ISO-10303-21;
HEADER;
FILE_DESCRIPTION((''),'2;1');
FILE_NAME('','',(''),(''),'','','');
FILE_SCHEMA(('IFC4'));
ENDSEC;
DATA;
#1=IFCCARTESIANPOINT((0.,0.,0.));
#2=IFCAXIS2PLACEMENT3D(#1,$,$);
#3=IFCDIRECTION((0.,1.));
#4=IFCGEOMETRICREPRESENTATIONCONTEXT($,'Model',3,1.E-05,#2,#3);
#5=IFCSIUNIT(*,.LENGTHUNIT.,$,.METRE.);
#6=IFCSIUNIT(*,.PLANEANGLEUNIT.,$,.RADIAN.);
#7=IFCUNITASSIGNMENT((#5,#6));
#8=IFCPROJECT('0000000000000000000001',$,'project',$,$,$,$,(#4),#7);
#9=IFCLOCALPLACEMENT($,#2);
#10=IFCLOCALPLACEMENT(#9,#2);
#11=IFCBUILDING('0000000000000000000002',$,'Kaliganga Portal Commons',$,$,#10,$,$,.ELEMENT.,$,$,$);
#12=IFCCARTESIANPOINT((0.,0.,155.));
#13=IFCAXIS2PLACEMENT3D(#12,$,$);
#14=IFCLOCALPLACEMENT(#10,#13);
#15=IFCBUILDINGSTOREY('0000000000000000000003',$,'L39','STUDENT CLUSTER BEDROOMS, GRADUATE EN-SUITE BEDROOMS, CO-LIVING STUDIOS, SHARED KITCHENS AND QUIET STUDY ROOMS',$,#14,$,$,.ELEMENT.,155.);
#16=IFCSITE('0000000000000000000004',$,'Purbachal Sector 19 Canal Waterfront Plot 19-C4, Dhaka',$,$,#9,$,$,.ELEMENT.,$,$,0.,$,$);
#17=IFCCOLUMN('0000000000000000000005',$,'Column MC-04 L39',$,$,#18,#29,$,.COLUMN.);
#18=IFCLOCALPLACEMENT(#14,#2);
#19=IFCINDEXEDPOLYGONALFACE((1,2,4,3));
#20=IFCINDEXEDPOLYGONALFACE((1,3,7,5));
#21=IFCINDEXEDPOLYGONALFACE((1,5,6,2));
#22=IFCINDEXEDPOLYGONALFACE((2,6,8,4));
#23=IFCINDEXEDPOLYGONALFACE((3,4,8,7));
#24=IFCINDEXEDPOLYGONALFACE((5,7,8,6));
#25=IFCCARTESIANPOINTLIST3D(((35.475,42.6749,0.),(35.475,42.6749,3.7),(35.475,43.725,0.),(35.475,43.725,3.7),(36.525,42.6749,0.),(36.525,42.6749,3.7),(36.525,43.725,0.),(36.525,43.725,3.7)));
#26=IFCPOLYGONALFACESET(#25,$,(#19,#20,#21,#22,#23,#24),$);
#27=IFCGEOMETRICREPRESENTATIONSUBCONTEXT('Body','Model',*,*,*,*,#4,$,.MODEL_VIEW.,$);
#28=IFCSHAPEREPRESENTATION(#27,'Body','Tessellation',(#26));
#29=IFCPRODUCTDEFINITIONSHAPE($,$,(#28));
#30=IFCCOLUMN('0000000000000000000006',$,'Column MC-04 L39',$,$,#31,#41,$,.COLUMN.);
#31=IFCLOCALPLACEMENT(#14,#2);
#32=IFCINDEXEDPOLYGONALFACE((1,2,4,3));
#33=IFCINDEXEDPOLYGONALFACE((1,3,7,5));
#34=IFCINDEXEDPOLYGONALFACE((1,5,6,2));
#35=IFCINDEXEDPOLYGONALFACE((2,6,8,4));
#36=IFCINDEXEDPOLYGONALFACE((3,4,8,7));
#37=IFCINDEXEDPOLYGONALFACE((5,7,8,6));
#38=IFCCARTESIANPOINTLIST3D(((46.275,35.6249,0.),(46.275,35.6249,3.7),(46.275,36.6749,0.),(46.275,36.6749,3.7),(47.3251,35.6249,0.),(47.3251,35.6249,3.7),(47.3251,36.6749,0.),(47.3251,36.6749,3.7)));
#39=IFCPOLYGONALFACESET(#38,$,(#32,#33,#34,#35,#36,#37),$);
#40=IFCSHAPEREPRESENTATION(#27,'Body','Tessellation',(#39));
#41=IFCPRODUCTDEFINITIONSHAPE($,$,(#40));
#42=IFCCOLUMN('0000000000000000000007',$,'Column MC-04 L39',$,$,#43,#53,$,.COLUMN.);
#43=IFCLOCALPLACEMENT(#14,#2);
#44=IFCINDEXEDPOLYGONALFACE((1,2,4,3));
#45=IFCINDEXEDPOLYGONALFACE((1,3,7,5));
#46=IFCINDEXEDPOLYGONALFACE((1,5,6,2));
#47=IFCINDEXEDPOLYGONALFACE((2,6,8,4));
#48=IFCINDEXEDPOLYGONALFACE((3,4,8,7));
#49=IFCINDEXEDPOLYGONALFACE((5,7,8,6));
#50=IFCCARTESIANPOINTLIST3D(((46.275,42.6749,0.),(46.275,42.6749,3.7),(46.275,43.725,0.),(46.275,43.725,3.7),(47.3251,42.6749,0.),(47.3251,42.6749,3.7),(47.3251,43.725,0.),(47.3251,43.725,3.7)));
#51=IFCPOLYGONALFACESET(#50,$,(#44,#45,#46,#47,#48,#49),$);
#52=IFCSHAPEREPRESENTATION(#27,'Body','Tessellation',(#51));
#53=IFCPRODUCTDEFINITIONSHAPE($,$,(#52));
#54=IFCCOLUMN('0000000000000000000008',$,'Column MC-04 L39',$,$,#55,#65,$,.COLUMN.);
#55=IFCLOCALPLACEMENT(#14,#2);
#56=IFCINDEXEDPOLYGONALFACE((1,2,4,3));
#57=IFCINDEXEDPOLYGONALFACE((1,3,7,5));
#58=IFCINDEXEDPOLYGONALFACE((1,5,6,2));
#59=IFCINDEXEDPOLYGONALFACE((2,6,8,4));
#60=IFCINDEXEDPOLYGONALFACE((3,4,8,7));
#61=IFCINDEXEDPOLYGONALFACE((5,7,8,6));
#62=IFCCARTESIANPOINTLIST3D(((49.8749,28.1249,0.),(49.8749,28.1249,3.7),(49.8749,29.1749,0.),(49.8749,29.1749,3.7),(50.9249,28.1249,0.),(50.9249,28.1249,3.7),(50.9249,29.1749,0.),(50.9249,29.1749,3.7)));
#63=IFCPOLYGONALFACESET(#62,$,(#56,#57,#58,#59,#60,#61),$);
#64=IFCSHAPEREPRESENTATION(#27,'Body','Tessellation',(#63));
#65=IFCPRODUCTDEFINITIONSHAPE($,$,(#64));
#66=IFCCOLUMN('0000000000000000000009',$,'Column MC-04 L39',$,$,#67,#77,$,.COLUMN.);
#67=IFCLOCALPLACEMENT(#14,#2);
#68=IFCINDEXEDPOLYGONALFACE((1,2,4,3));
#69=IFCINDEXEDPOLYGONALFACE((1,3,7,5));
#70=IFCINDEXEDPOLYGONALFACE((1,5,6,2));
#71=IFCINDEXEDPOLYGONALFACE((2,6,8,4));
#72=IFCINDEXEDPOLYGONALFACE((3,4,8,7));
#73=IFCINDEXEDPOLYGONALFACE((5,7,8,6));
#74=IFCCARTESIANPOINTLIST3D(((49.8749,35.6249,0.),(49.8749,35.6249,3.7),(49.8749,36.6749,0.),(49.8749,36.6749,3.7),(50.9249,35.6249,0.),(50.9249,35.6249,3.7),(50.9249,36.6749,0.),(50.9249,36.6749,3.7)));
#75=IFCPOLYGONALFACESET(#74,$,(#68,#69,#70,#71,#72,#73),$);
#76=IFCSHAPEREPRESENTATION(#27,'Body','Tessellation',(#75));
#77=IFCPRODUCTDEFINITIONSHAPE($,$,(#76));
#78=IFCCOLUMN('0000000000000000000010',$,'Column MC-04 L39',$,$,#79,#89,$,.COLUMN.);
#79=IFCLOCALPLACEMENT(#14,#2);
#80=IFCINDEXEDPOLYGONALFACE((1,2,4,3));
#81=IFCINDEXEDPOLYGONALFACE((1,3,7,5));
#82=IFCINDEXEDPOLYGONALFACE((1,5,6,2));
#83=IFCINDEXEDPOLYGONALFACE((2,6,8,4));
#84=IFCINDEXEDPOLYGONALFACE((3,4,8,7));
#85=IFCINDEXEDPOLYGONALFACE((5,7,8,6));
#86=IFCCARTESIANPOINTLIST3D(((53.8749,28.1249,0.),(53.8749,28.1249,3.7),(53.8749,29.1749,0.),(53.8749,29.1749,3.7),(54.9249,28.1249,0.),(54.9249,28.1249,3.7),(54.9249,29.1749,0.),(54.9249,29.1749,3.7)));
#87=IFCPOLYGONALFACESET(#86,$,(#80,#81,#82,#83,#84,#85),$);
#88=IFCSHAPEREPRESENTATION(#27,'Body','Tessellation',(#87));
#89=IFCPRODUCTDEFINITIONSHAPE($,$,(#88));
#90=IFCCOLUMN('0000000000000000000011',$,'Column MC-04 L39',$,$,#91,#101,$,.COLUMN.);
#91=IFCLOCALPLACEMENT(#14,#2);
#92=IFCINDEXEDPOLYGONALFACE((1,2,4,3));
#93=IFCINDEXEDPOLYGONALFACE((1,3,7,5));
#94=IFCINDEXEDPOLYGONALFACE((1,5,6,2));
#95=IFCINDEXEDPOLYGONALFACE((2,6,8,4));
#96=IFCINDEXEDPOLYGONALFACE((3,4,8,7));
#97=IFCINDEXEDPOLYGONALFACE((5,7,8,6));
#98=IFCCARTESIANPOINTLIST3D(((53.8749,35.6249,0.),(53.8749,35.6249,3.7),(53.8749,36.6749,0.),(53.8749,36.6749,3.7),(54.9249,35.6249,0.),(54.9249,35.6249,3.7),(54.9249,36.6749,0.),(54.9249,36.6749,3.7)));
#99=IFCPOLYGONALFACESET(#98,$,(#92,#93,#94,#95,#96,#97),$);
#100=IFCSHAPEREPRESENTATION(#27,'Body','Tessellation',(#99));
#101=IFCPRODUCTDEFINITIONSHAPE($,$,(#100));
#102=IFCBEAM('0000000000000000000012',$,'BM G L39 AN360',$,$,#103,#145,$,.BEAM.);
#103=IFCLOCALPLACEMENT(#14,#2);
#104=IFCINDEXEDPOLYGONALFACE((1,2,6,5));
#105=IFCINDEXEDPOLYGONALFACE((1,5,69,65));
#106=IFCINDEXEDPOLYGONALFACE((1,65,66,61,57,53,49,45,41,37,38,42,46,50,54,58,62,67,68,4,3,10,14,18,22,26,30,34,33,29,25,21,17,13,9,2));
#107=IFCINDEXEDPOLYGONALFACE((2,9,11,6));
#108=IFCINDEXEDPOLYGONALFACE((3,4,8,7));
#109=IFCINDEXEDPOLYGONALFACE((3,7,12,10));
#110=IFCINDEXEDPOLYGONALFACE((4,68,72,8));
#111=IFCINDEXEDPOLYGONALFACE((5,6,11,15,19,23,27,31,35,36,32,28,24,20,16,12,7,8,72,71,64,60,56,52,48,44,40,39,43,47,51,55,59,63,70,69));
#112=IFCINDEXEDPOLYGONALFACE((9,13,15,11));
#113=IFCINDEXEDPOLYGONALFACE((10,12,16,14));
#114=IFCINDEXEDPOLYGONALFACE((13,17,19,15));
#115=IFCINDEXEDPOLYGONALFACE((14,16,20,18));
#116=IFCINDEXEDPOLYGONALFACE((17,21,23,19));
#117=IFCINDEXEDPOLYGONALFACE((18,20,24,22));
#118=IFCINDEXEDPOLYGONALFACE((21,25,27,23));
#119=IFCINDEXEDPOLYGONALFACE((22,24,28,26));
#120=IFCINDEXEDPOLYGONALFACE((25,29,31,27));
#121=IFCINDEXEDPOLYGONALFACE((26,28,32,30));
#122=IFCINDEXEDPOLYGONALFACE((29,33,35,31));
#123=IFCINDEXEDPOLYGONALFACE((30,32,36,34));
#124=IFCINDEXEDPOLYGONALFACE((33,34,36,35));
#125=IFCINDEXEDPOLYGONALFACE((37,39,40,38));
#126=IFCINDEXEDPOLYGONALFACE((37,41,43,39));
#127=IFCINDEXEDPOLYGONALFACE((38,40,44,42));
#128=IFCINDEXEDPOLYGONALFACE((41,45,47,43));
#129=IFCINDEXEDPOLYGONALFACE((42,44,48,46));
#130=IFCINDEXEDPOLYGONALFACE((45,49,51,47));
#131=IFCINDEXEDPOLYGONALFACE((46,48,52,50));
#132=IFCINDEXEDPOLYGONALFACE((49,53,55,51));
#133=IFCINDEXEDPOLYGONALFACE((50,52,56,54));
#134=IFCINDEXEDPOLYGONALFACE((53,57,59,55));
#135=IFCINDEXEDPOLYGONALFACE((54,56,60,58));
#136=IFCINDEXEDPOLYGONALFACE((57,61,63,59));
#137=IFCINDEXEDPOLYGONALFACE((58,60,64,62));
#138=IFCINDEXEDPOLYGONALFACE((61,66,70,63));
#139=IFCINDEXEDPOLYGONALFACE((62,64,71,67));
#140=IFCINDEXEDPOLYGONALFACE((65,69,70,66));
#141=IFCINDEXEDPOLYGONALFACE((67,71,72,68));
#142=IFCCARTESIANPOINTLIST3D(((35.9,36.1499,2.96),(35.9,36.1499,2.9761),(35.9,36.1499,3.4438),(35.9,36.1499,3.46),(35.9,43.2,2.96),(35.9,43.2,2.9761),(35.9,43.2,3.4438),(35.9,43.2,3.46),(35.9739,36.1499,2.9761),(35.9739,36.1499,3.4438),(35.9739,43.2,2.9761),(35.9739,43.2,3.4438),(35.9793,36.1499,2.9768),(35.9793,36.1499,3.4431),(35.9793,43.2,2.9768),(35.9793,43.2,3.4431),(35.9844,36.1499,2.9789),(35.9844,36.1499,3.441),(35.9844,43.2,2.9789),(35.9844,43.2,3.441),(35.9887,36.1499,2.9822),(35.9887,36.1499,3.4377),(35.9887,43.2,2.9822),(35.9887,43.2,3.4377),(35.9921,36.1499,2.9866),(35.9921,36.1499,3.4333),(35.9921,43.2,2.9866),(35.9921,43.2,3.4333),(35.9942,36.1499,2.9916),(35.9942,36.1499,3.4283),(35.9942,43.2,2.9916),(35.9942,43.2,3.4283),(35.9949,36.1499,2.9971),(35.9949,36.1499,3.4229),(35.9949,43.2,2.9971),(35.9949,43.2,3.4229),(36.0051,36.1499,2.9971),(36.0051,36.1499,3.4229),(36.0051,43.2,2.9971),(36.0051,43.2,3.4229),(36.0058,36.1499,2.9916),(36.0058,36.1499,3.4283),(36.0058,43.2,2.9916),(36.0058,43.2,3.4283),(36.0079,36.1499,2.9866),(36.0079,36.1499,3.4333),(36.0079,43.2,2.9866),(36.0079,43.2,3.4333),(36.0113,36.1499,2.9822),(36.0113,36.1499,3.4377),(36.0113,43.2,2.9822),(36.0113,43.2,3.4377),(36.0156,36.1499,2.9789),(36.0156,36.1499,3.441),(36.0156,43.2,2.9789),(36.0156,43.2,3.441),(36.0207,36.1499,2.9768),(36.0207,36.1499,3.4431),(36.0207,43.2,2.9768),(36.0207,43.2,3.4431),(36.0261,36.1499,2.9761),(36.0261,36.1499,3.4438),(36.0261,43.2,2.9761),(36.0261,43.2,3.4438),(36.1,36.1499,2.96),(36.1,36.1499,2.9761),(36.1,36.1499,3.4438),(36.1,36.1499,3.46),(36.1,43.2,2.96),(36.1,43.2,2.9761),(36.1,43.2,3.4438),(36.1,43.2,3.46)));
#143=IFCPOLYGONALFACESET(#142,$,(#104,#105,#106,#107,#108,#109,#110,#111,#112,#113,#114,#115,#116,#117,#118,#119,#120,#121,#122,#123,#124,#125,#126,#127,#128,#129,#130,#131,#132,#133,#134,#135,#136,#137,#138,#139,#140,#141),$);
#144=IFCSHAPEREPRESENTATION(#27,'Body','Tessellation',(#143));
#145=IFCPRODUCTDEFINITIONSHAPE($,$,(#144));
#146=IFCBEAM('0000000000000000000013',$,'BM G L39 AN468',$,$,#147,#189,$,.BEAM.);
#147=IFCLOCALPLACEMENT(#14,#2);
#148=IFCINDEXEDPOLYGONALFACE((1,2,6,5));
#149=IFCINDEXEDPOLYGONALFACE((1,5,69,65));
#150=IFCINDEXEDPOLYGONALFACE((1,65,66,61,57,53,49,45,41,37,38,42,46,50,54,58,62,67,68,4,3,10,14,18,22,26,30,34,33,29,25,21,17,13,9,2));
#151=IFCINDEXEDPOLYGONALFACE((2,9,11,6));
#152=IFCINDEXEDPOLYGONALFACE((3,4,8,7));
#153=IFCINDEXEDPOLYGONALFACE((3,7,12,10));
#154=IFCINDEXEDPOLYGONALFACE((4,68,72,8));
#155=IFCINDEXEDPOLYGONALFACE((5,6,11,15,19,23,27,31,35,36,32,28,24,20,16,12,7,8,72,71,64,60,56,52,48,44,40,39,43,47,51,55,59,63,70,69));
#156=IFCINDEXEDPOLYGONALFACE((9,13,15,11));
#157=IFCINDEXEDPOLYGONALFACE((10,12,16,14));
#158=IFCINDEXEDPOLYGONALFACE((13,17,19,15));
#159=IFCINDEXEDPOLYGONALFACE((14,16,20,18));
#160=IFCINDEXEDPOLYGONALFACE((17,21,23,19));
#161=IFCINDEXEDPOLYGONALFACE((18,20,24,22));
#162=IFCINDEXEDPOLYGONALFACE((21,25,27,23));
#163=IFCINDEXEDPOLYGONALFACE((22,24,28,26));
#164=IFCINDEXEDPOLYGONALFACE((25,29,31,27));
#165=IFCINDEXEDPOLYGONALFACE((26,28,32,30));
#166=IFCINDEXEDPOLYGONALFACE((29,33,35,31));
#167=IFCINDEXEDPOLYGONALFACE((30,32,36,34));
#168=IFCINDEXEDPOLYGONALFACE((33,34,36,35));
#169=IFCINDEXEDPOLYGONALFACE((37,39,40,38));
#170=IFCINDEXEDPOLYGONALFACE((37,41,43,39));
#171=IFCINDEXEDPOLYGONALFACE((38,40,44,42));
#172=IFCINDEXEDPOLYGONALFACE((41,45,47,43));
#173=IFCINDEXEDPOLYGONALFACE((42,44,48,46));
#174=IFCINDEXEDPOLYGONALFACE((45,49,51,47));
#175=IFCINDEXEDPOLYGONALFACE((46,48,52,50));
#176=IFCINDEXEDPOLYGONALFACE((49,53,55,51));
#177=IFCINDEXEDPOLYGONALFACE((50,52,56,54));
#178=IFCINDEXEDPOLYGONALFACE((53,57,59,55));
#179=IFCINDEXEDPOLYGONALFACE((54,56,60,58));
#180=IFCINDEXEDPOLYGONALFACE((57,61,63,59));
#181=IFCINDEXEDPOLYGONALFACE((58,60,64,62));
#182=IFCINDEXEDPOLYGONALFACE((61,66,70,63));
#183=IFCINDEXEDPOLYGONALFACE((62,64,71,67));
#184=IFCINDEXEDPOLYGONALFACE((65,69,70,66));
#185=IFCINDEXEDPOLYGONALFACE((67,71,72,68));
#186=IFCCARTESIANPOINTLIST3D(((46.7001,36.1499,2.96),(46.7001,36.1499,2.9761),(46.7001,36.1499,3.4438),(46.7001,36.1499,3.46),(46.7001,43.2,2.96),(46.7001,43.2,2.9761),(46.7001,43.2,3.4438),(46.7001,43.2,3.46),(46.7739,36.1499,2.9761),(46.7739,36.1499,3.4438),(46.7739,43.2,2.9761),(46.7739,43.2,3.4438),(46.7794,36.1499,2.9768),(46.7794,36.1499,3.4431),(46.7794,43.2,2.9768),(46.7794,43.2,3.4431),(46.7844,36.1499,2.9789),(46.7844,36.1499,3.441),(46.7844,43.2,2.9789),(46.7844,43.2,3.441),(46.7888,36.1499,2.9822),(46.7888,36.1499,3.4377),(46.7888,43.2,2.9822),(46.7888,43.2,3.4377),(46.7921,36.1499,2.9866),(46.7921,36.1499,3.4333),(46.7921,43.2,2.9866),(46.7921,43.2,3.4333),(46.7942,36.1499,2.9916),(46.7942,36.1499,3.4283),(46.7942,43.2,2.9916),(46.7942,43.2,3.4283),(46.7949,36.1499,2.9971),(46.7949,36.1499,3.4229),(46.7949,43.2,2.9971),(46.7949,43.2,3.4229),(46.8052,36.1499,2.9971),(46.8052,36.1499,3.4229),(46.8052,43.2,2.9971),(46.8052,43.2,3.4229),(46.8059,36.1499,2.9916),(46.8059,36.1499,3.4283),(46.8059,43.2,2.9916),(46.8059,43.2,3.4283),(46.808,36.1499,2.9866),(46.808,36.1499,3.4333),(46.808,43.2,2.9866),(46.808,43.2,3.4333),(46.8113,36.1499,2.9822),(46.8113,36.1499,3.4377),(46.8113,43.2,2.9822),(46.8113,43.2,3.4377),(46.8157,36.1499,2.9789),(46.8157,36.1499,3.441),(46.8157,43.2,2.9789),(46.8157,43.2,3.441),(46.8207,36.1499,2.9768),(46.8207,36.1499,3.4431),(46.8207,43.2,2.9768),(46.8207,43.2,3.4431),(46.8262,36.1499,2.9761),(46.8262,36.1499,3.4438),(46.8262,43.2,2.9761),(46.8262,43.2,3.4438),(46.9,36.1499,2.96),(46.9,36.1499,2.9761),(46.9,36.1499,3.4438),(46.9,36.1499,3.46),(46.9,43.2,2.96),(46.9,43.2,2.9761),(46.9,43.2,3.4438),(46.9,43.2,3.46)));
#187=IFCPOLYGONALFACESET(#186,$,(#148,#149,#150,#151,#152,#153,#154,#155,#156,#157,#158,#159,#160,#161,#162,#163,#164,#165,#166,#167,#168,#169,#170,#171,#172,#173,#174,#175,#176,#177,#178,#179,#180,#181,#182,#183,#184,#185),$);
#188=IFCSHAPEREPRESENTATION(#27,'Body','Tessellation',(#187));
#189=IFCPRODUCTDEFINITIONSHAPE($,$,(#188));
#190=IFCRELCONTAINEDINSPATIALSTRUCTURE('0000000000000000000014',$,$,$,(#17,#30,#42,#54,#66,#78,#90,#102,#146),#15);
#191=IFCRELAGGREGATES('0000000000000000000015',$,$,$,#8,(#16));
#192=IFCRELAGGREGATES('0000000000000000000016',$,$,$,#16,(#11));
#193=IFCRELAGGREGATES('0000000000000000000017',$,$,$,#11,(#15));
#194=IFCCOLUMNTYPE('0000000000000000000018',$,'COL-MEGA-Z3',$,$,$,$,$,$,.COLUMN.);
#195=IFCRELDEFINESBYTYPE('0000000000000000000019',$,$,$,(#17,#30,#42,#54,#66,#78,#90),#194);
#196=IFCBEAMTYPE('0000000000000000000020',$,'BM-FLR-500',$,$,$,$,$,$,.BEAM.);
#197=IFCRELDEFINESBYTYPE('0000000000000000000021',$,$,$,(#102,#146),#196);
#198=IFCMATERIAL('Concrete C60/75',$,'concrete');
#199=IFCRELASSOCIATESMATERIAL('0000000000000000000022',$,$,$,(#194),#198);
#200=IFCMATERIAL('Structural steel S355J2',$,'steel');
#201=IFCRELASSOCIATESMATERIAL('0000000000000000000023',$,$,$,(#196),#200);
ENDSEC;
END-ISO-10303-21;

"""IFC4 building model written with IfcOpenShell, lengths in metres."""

from ifc_helpers import new_model, si_unit, direction, frame, origin, origin_2d, place, context, subcontext, project, spatial, rectangle, i_section, extrude, source, transform, mapped, material, material_profile, profile_set, type_object, element, save


model = new_model("IFC4")

# Units and contexts
model_context = context("Model", 3, precision=1e-05, world=origin(), true_north=direction((0.0, 1.0)))
body_context = subcontext(model_context, "Body", "Model", "MODEL_VIEW")
ifc_project = project(units=[si_unit("LENGTHUNIT", "METRE"), si_unit("PLANEANGLEUNIT", "RADIAN")], contexts=[model_context])

# Site, building, storey
site_placement = place(None, origin())
site = spatial("IfcSite", under=ifc_project, at=site_placement, Name="Purbachal Sector 19 Canal Waterfront Plot 19-C4, Dhaka", CompositionType="ELEMENT", RefElevation=0.0)
building_placement = place(site_placement, origin())
building = spatial("IfcBuilding", under=site, at=building_placement, Name="Kaliganga Portal Commons", CompositionType="ELEMENT")
storey_placement = place(building_placement, frame((0.0, 0.0, 155.0)))
storey = spatial("IfcBuildingStorey", under=building, at=storey_placement, Name="L39", Description="STUDENT CLUSTER BEDROOMS, GRADUATE EN-SUITE BEDROOMS, CO-LIVING STUDIOS, SHARED KITCHENS AND QUIET STUDY ROOMS", CompositionType="ELEMENT", Elevation=155.0)

# Columns
ifc_material_1 = material(Name="Concrete C60/75", Category="concrete")
ifc_material_profile_1 = material_profile(ifc_material_1, rectangle(XDim=1.05, YDim=1.05, at=origin_2d()), Name="RC 1050x1050")
ifc_profile_set_1 = profile_set([ifc_material_profile_1], Name="Concrete C60/75")
column_type = type_object("IfcColumnType", Name="COL-MEGA-Z3", PredefinedType="COLUMN", material=ifc_profile_set_1)
shared_shape_1 = source(origin(), body_context, "Body", "SweptSolid", [
    extrude(rectangle(XDim=1.05, YDim=1.05, at=origin_2d()), origin(), (0.0, 0.0, 1.0), 3.7),
])
for number, where, z_axis, x_axis, name in (
    (1, (36.0, 43.2, 0.0), (0.0, 0.0, 1.0), (1.0, 0.0, 0.0), "Column MC-04 L39"),
    (2, (46.8, 36.1499, 0.0), (0.0, 0.0, 1.0), (1.0, 0.0, 0.0), "Column MC-04 L39"),
    (3, (46.8, 43.2, 0.0), (0.0, 0.0, 1.0), (1.0, 0.0, 0.0), "Column MC-04 L39"),
    (4, (50.3999, 28.6499, 0.0), (0.0, 0.0, 1.0), (1.0, 0.0, 0.0), "Column MC-04 L39"),
    (5, (50.3999, 36.1499, 0.0), (0.0, 0.0, 1.0), (1.0, 0.0, 0.0), "Column MC-04 L39"),
    (6, (54.3999, 28.6499, 0.0), (0.0, 0.0, 1.0), (1.0, 0.0, 0.0), "Column MC-04 L39"),
    (7, (54.3999, 36.1499, 0.0), (0.0, 0.0, 1.0), (1.0, 0.0, 0.0), "Column MC-04 L39"),
):
    element("IfcColumn", number, at=place(storey_placement, frame(where, z_axis=z_axis, x_axis=x_axis)), inside=storey, type_object=column_type, Name=name, PredefinedType="COLUMN", context=body_context, shape_type="MappedRepresentation", body=[
        mapped(shared_shape_1, transform((0.0, 0.0, 0.0), x_axis=(1.0, 0.0, 0.0), y_axis=(0.0, 1.0, 0.0), z_axis=(0.0, 0.0, 1.0), scale=1.0)),
    ])

# Beams
ifc_material_2 = material(Name="Structural steel S355J2", Category="steel")
ifc_material_profile_2 = material_profile(ifc_material_2, i_section(OverallWidth=0.2, OverallDepth=0.5, WebThickness=0.0103, FlangeThickness=0.0161, FilletRadius=0.021, at=origin_2d()), Name="IPE 500")
ifc_profile_set_2 = profile_set([ifc_material_profile_2], Name="Structural steel S355J2 wide-flange")
beam_type_1 = type_object("IfcBeamType", Name="BM-FLR-500", PredefinedType="BEAM", material=ifc_profile_set_2)
shared_shape_2 = source(origin(), body_context, "Body", "SweptSolid", [
    extrude(i_section(OverallWidth=0.2, OverallDepth=0.5, WebThickness=0.0103, FlangeThickness=0.0161, FilletRadius=0.021, at=origin_2d()), origin(), (0.0, 0.0, 1.0), 7.05),
])
for number, where, z_axis, x_axis, name in (
    (8, (36.0, 36.1499, 3.21), (0.0, 1.0, 0.0), (-1.0, 0.0, 0.0), "BM G L39 AN360"),
    (9, (46.8, 36.1499, 3.21), (0.0, 1.0, 0.0), (-1.0, 0.0, 0.0), "BM G L39 AN468"),
):
    element("IfcBeam", number, at=place(storey_placement, frame(where, z_axis=z_axis, x_axis=x_axis)), inside=storey, type_object=beam_type_1, Name=name, PredefinedType="BEAM", context=body_context, shape_type="MappedRepresentation", body=[
        mapped(shared_shape_2, transform((0.0, 0.0, 0.0), x_axis=(1.0, 0.0, 0.0), y_axis=(0.0, 1.0, 0.0), z_axis=(0.0, 0.0, 1.0), scale=1.0)),
    ])

save(model, "model.ifc")
